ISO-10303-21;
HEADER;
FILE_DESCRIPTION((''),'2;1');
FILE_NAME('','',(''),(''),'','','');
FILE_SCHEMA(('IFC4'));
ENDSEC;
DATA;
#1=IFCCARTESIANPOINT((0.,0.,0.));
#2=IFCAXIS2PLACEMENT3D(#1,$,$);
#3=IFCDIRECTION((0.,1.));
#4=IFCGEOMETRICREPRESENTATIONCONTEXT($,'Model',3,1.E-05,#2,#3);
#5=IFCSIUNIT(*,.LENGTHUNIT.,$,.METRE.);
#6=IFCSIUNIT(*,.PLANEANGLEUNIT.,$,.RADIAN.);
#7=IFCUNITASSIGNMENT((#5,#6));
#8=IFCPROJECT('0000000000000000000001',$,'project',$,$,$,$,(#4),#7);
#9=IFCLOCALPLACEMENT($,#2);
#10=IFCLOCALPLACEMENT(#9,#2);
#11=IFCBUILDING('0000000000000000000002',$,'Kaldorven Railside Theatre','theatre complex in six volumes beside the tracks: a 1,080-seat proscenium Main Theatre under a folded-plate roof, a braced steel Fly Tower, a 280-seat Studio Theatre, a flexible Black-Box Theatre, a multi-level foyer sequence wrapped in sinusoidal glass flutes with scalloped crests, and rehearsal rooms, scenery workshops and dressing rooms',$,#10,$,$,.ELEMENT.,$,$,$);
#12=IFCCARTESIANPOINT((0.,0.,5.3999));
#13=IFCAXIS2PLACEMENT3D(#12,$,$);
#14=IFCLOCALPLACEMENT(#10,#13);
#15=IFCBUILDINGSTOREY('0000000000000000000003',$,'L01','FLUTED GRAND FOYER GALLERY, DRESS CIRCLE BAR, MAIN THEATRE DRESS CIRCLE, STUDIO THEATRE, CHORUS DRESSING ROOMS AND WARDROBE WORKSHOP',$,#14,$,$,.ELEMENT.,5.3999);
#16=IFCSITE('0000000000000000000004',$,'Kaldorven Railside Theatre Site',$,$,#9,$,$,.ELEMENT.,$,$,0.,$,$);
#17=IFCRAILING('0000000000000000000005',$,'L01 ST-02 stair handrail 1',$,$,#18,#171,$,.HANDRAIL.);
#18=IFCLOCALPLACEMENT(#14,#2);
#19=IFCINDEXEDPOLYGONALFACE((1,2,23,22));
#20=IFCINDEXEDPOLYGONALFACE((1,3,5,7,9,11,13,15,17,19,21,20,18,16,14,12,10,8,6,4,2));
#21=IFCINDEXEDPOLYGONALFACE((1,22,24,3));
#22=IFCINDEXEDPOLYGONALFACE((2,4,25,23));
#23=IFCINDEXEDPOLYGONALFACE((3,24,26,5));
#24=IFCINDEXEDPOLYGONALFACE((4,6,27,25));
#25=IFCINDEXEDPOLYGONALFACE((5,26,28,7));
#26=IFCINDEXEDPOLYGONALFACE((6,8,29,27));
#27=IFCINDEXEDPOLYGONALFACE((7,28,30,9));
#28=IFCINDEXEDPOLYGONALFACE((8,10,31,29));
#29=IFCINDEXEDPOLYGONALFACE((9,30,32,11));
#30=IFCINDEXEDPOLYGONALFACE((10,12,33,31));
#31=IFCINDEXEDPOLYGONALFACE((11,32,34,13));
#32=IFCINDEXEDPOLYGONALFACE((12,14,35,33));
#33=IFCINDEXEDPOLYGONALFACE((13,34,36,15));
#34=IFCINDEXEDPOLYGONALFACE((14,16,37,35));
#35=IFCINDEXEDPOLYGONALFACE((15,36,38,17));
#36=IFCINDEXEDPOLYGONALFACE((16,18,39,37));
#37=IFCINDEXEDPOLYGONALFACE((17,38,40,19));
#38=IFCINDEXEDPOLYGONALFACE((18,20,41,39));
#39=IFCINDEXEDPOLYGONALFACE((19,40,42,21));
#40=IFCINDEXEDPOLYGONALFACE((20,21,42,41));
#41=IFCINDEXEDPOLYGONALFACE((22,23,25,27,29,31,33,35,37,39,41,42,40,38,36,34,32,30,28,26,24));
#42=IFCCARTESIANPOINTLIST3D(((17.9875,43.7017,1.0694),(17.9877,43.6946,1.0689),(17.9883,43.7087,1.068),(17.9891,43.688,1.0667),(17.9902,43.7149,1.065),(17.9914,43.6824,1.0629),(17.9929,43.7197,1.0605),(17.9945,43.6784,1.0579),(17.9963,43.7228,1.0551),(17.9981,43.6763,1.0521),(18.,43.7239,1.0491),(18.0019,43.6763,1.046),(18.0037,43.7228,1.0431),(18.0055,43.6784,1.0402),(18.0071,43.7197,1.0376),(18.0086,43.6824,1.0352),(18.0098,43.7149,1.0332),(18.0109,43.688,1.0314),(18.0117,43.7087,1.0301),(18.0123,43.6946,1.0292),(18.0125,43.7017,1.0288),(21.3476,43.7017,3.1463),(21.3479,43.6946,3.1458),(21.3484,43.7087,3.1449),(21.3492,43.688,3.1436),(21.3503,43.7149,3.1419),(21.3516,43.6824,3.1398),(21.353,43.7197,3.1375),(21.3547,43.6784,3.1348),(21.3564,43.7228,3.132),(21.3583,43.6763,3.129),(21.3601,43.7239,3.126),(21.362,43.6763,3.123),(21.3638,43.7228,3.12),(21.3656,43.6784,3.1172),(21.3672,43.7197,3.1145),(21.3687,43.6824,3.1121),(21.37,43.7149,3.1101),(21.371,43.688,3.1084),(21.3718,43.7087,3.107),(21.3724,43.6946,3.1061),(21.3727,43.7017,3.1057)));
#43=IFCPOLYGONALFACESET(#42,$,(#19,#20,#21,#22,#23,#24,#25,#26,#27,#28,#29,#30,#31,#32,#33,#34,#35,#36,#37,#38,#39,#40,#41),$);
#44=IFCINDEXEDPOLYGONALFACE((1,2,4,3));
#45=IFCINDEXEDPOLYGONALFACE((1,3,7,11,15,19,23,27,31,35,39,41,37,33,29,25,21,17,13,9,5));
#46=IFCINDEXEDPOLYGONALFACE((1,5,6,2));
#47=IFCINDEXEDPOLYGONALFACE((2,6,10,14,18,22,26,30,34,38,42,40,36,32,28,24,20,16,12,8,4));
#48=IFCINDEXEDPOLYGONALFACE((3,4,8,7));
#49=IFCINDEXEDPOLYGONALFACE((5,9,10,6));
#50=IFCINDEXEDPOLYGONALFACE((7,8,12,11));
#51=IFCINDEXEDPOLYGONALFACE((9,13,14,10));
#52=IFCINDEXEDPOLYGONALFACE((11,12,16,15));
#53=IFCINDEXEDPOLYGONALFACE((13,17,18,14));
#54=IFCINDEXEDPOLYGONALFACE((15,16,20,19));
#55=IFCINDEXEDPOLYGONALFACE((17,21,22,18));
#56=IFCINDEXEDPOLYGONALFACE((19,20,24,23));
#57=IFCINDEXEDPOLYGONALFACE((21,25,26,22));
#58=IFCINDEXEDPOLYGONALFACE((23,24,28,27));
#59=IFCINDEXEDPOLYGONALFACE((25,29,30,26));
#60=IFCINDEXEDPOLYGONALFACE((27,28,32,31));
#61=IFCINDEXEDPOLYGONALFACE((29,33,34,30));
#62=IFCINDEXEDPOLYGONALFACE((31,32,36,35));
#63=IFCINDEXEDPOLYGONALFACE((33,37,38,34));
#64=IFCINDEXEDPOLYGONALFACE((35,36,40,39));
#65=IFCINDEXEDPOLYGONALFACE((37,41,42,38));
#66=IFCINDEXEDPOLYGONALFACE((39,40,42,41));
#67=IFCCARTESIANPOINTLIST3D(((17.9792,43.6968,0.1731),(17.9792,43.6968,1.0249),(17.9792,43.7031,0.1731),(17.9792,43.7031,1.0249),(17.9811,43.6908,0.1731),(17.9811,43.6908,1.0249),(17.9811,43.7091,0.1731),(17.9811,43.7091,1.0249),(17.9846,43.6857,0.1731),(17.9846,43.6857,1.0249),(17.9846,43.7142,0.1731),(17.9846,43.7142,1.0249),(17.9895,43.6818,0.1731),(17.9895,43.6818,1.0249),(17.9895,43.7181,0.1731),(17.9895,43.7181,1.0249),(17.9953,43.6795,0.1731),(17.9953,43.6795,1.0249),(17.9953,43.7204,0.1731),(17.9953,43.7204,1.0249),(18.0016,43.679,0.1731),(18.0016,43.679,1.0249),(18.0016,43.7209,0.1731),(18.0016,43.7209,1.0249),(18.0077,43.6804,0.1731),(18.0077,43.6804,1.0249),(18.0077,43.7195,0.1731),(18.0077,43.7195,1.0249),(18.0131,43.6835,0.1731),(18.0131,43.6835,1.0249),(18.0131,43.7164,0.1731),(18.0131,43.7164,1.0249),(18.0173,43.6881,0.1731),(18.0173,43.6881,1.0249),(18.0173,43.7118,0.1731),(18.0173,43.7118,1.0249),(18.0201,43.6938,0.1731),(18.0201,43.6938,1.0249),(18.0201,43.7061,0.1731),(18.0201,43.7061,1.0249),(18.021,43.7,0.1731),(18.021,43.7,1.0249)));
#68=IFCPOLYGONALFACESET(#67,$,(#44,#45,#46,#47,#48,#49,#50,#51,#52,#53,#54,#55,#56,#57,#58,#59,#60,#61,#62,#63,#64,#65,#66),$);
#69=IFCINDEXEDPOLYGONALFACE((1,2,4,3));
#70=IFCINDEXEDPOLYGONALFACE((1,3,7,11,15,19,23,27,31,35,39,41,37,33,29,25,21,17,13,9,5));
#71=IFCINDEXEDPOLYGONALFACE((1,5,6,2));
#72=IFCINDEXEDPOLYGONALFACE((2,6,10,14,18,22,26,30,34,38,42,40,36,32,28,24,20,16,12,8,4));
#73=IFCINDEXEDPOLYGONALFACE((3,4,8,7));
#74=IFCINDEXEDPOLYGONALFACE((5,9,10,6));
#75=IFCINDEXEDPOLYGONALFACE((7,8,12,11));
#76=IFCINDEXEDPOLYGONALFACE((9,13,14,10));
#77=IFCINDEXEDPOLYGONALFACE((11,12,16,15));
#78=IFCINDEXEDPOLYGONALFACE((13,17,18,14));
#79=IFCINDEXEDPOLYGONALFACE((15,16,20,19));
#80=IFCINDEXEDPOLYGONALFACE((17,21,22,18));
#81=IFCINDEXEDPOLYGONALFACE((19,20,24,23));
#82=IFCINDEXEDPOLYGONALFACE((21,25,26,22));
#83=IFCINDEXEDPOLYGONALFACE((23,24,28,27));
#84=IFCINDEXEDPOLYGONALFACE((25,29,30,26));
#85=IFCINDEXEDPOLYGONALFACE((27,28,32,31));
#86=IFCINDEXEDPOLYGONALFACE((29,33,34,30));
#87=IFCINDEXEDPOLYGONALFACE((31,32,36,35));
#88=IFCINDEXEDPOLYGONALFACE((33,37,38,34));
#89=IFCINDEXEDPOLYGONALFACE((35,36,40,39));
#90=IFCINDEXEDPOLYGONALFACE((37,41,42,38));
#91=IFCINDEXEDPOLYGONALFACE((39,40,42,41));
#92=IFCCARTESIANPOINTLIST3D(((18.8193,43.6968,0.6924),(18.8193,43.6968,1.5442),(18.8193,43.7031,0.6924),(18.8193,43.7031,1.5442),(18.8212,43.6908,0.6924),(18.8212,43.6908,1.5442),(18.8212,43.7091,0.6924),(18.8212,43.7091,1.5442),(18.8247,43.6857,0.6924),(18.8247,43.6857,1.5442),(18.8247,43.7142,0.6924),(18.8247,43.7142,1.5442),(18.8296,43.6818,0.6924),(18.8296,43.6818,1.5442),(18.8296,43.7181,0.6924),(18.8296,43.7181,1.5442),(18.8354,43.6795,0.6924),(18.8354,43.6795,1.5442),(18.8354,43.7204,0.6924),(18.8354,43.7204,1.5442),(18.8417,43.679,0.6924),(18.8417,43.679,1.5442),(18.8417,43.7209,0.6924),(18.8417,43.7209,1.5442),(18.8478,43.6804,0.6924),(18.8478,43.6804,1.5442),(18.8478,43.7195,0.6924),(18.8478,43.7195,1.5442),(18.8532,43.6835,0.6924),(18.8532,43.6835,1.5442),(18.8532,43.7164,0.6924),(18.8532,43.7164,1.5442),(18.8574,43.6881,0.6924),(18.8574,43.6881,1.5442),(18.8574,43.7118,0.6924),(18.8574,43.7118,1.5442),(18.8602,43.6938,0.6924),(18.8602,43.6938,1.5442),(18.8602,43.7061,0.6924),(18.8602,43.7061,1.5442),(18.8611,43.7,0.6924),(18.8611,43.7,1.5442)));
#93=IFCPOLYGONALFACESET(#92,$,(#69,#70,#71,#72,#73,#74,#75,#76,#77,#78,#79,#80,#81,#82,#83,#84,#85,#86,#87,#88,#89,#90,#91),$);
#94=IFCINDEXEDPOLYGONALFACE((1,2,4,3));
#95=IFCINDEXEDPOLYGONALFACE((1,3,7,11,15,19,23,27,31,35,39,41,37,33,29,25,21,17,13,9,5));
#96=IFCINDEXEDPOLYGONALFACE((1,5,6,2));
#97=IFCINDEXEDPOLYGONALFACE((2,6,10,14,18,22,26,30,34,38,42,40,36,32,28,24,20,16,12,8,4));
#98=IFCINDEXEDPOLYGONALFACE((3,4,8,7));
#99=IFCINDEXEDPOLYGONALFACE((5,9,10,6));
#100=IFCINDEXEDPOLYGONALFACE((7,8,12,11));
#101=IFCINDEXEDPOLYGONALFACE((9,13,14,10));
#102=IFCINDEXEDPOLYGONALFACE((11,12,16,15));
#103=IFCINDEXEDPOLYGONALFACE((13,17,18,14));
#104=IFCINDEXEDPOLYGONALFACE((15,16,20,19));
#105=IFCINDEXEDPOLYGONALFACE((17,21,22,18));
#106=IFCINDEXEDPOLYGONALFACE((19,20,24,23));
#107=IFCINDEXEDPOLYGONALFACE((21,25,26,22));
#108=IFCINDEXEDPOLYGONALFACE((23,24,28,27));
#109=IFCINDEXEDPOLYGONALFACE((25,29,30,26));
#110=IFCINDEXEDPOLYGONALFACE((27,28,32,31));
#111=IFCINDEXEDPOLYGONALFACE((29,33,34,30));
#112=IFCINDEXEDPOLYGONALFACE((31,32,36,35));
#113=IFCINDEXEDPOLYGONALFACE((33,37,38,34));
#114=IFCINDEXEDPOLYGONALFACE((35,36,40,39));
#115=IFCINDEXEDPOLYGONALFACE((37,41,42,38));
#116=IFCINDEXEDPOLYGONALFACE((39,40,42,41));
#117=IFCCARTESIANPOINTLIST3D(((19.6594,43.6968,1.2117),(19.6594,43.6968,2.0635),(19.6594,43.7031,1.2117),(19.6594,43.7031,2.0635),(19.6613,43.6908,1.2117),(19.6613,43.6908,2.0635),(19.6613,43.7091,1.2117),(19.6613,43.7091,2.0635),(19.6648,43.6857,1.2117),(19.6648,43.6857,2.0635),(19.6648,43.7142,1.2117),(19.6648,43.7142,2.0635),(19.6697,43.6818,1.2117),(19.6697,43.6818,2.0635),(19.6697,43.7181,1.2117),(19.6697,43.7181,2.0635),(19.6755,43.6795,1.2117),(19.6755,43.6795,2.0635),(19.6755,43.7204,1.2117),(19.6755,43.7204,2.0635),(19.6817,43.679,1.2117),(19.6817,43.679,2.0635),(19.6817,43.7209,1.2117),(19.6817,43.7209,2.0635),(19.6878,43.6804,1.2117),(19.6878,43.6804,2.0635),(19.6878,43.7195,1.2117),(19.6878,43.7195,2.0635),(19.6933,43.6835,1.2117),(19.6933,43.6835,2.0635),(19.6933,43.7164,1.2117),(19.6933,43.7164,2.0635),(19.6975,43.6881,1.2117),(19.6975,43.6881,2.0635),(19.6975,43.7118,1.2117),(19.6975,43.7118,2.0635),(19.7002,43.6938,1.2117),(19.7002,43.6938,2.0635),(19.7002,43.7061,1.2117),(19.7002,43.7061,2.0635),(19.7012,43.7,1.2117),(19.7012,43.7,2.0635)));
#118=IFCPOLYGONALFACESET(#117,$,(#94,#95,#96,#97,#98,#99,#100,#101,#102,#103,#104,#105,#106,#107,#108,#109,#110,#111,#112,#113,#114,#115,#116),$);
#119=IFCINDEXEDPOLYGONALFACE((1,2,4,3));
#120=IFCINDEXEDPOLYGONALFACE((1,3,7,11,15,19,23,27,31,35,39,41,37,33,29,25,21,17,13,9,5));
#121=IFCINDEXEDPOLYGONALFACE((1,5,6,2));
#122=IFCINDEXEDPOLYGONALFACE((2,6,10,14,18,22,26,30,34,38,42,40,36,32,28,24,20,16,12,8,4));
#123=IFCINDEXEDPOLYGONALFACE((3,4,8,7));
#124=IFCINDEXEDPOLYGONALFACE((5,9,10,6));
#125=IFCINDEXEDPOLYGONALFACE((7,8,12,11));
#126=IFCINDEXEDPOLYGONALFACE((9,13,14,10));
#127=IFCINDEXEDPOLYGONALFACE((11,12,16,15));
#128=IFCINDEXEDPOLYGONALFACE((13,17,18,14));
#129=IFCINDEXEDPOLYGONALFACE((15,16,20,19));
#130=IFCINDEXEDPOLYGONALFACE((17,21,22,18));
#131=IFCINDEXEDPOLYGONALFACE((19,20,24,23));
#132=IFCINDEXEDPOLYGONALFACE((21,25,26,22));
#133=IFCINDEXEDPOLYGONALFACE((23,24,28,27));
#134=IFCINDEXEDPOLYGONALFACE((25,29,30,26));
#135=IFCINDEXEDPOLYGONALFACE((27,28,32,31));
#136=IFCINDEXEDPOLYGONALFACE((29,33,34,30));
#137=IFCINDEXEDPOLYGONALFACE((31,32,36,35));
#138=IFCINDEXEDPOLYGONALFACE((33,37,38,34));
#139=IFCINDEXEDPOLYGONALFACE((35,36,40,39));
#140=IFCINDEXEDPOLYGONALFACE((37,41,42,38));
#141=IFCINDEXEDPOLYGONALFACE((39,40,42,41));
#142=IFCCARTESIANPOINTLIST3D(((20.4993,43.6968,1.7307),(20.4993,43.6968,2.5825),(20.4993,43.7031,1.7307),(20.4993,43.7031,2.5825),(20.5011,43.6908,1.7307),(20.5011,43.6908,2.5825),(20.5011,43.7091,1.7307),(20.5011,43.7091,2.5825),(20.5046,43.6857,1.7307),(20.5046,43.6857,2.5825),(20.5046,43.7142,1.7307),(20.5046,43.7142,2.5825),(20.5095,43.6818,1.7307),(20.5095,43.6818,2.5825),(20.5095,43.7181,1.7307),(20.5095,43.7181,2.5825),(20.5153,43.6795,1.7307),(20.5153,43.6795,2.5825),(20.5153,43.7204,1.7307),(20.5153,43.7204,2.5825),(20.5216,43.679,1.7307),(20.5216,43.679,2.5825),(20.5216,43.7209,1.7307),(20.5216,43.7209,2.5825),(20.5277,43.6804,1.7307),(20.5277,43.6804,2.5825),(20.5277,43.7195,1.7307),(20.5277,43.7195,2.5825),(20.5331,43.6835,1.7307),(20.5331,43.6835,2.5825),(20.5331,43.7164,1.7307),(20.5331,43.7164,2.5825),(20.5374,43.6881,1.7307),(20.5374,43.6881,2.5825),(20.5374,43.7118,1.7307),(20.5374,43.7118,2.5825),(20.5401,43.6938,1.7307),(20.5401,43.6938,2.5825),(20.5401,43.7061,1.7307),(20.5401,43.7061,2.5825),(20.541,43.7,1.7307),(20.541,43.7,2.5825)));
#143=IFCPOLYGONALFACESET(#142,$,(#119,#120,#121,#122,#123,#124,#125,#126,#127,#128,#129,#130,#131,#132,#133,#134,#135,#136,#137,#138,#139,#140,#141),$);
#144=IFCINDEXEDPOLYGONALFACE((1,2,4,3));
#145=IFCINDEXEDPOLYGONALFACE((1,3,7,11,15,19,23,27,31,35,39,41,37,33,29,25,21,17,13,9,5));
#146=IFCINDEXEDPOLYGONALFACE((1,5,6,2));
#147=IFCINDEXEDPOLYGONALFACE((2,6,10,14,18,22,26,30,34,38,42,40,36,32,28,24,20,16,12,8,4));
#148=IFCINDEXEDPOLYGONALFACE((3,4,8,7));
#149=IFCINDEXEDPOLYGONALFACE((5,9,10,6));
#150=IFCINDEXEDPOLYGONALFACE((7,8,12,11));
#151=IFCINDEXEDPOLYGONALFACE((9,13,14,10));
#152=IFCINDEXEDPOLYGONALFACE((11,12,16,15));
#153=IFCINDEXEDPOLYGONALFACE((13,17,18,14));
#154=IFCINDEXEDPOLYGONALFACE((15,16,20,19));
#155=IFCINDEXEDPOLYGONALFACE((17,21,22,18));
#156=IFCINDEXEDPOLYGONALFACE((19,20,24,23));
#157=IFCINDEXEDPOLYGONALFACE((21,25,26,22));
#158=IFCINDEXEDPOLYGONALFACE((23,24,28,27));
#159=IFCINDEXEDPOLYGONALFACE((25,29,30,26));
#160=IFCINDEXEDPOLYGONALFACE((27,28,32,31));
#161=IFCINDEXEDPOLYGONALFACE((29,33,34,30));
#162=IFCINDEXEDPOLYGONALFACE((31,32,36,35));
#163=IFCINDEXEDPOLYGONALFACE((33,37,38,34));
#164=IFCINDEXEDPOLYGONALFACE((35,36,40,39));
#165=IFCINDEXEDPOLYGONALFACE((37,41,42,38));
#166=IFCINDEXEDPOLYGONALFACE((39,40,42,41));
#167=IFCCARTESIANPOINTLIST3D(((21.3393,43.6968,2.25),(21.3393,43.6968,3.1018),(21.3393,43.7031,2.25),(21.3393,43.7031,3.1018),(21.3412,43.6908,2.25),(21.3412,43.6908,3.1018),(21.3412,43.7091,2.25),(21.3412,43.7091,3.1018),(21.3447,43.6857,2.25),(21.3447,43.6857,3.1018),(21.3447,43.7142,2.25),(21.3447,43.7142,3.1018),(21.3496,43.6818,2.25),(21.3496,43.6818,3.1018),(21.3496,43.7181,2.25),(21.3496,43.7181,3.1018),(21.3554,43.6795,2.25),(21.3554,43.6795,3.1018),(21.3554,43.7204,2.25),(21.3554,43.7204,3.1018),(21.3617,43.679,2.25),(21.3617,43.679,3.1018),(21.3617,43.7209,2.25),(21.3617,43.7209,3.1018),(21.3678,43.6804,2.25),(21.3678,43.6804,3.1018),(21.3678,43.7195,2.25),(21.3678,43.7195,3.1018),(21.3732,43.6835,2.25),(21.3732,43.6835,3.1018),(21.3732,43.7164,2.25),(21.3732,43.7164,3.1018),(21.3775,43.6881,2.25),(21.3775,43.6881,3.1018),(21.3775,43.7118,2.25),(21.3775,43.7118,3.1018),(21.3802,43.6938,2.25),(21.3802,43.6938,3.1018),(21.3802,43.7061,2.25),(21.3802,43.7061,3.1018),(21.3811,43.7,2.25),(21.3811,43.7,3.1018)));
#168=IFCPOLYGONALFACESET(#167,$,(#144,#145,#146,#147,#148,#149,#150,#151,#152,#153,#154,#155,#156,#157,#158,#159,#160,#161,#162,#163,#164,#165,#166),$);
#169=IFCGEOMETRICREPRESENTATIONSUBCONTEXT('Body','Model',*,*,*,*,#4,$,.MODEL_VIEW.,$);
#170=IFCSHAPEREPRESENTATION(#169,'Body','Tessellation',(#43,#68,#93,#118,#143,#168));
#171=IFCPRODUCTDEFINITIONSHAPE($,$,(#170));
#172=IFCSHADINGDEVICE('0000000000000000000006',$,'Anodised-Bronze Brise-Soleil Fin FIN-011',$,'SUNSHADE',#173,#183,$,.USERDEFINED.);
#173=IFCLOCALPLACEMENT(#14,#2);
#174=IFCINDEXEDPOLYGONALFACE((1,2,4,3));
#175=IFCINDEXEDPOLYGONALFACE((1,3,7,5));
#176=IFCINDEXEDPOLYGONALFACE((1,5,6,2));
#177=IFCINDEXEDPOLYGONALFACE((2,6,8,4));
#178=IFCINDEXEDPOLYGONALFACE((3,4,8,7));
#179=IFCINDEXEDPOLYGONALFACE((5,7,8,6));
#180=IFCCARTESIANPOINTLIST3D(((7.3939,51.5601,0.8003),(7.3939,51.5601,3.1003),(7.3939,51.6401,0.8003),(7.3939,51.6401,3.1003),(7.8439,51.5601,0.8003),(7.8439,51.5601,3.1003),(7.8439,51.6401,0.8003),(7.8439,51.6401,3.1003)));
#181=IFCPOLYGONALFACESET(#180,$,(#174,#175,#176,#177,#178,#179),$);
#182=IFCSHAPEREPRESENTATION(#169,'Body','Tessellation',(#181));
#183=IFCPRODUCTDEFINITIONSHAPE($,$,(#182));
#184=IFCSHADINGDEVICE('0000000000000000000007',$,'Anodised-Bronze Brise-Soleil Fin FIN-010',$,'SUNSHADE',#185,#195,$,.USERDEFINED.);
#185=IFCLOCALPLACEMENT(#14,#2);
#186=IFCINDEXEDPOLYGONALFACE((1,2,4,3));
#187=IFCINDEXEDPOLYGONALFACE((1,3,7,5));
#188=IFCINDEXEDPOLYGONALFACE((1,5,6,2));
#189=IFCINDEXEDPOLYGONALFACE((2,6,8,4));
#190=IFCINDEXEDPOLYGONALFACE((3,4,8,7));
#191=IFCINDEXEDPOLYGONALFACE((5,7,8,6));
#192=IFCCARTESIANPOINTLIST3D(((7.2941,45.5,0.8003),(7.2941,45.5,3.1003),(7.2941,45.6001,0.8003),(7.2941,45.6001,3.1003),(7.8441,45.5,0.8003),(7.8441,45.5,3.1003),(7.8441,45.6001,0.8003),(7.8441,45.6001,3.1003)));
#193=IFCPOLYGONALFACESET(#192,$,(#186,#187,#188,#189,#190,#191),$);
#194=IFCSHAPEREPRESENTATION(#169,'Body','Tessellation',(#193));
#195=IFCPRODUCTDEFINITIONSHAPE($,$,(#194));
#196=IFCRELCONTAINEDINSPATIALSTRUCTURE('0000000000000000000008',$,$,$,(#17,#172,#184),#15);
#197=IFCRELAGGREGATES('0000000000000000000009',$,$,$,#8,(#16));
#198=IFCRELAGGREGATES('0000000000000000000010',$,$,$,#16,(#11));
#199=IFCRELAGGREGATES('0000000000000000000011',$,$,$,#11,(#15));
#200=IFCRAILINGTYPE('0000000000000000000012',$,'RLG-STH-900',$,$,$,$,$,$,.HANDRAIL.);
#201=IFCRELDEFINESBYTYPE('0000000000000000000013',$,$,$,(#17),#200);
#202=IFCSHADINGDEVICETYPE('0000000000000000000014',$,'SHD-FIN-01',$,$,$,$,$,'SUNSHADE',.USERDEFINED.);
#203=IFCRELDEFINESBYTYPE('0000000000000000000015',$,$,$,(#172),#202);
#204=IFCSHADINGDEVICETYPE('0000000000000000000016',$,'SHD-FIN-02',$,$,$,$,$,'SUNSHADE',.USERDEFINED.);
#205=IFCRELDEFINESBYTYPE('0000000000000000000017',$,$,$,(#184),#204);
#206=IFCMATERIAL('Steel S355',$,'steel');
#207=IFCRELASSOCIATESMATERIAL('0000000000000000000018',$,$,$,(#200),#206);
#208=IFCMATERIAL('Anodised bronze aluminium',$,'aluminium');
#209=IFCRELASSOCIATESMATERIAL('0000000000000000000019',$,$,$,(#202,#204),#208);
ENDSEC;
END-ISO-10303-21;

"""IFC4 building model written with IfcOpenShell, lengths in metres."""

from ifc_helpers import new_model, si_unit, direction, frame, origin, origin_2d, place, context, subcontext, project, spatial, rectangle, circle, extrude, material, type_object, element, save


model = new_model("IFC4")

# Units and contexts
model_context = context("Model", 3, precision=1e-05, world=origin(), true_north=direction((0.0, 1.0)))
body_context = subcontext(model_context, "Body", "Model", "MODEL_VIEW")
ifc_project = project(units=[si_unit("LENGTHUNIT", "METRE"), si_unit("PLANEANGLEUNIT", "RADIAN")], contexts=[model_context])

# Site, building, storey
site_placement = place(None, origin())
site = spatial("IfcSite", under=ifc_project, at=site_placement, Name="Kaldorven Railside Theatre Site", CompositionType="ELEMENT", RefElevation=0.0)
building_placement = place(site_placement, origin())
building = spatial("IfcBuilding", under=site, at=building_placement, Name="Kaldorven Railside Theatre", Description="theatre complex in six volumes beside the tracks: a 1,080-seat proscenium Main Theatre under a folded-plate roof, a braced steel Fly Tower, a 280-seat Studio Theatre, a flexible Black-Box Theatre, a multi-level foyer sequence wrapped in sinusoidal glass flutes with scalloped crests, and rehearsal rooms, scenery workshops and dressing rooms", CompositionType="ELEMENT")
storey_placement = place(building_placement, frame((0.0, 0.0, 5.3999)))
storey = spatial("IfcBuildingStorey", under=building, at=storey_placement, Name="L01", Description="FLUTED GRAND FOYER GALLERY, DRESS CIRCLE BAR, MAIN THEATRE DRESS CIRCLE, STUDIO THEATRE, CHORUS DRESSING ROOMS AND WARDROBE WORKSHOP", CompositionType="ELEMENT", Elevation=5.3999)

# Shared definitions
ifc_material_1 = material(Name="Steel S355", Category="steel")

# Railing
railing_type_1 = type_object("IfcRailingType", Name="RLG-STH-900", PredefinedType="HANDRAIL", material=ifc_material_1)
railing_1_placement = place(storey_placement, frame((18.0, 43.7, 0.1731)))
element("IfcRailing", 1, at=railing_1_placement, inside=storey, type_object=railing_type_1, Name="L01 ST-02 stair handrail 1", PredefinedType="HANDRAIL", context=body_context, shape_type="SweptSolid", body=[
    extrude(circle(Radius=0.0239, at=origin_2d()), frame((0.0, 0.0, 0.876), z_axis=(0.850623, 0.0, 0.525776), x_axis=(0.0, 1.0, 0.0)), (0.0, 0.0, 1.0), 3.9502),
    extrude(circle(Radius=0.021, at=origin_2d()), origin(), (0.0, 0.0, 1.0), 0.8518),
    extrude(circle(Radius=0.021, at=origin_2d()), frame((0.8401, 0.0, 0.5193)), (0.0, 0.0, 1.0), 0.8518),
    extrude(circle(Radius=0.021, at=origin_2d()), frame((1.6802, 0.0, 1.0386)), (0.0, 0.0, 1.0), 0.8518),
    extrude(circle(Radius=0.021, at=origin_2d()), frame((2.52, 0.0, 1.5576)), (0.0, 0.0, 1.0), 0.8518),
    extrude(circle(Radius=0.021, at=origin_2d()), frame((3.3601, 0.0, 2.0769)), (0.0, 0.0, 1.0), 0.8518),
])

# Shading devices
ifc_material_2 = material(Name="Anodised bronze aluminium", Category="aluminium")
shading_device_type_1 = type_object("IfcShadingDeviceType", Name="SHD-FIN-01", ElementType="SUNSHADE", PredefinedType="USERDEFINED", material=ifc_material_2)
shading_device_1_placement = place(storey_placement, frame((7.6189, 51.6001, 0.8003), z_axis=(0.0, 0.0, 1.0), x_axis=(0.0, 1.0, 0.0)))
element("IfcShadingDevice", 2, at=shading_device_1_placement, inside=storey, type_object=shading_device_type_1, Name="Anodised-Bronze Brise-Soleil Fin FIN-011", ObjectType="SUNSHADE", PredefinedType="USERDEFINED", context=body_context, shape_type="SweptSolid", body=[
    extrude(rectangle(XDim=0.0801, YDim=0.45, at=origin_2d()), origin(), (0.0, 0.0, 1.0), 2.3),
])
shading_device_type_2 = type_object("IfcShadingDeviceType", Name="SHD-FIN-02", ElementType="SUNSHADE", PredefinedType="USERDEFINED", material=ifc_material_2)
shading_device_2_placement = place(storey_placement, frame((7.5691, 45.55, 0.8003), z_axis=(0.0, 0.0, 1.0), x_axis=(0.0, 1.0, 0.0)))
element("IfcShadingDevice", 3, at=shading_device_2_placement, inside=storey, type_object=shading_device_type_2, Name="Anodised-Bronze Brise-Soleil Fin FIN-010", ObjectType="SUNSHADE", PredefinedType="USERDEFINED", context=body_context, shape_type="SweptSolid", body=[
    extrude(rectangle(XDim=0.1001, YDim=0.55, at=origin_2d()), origin(), (0.0, 0.0, 1.0), 2.3),
])

save(model, "model.ifc")
